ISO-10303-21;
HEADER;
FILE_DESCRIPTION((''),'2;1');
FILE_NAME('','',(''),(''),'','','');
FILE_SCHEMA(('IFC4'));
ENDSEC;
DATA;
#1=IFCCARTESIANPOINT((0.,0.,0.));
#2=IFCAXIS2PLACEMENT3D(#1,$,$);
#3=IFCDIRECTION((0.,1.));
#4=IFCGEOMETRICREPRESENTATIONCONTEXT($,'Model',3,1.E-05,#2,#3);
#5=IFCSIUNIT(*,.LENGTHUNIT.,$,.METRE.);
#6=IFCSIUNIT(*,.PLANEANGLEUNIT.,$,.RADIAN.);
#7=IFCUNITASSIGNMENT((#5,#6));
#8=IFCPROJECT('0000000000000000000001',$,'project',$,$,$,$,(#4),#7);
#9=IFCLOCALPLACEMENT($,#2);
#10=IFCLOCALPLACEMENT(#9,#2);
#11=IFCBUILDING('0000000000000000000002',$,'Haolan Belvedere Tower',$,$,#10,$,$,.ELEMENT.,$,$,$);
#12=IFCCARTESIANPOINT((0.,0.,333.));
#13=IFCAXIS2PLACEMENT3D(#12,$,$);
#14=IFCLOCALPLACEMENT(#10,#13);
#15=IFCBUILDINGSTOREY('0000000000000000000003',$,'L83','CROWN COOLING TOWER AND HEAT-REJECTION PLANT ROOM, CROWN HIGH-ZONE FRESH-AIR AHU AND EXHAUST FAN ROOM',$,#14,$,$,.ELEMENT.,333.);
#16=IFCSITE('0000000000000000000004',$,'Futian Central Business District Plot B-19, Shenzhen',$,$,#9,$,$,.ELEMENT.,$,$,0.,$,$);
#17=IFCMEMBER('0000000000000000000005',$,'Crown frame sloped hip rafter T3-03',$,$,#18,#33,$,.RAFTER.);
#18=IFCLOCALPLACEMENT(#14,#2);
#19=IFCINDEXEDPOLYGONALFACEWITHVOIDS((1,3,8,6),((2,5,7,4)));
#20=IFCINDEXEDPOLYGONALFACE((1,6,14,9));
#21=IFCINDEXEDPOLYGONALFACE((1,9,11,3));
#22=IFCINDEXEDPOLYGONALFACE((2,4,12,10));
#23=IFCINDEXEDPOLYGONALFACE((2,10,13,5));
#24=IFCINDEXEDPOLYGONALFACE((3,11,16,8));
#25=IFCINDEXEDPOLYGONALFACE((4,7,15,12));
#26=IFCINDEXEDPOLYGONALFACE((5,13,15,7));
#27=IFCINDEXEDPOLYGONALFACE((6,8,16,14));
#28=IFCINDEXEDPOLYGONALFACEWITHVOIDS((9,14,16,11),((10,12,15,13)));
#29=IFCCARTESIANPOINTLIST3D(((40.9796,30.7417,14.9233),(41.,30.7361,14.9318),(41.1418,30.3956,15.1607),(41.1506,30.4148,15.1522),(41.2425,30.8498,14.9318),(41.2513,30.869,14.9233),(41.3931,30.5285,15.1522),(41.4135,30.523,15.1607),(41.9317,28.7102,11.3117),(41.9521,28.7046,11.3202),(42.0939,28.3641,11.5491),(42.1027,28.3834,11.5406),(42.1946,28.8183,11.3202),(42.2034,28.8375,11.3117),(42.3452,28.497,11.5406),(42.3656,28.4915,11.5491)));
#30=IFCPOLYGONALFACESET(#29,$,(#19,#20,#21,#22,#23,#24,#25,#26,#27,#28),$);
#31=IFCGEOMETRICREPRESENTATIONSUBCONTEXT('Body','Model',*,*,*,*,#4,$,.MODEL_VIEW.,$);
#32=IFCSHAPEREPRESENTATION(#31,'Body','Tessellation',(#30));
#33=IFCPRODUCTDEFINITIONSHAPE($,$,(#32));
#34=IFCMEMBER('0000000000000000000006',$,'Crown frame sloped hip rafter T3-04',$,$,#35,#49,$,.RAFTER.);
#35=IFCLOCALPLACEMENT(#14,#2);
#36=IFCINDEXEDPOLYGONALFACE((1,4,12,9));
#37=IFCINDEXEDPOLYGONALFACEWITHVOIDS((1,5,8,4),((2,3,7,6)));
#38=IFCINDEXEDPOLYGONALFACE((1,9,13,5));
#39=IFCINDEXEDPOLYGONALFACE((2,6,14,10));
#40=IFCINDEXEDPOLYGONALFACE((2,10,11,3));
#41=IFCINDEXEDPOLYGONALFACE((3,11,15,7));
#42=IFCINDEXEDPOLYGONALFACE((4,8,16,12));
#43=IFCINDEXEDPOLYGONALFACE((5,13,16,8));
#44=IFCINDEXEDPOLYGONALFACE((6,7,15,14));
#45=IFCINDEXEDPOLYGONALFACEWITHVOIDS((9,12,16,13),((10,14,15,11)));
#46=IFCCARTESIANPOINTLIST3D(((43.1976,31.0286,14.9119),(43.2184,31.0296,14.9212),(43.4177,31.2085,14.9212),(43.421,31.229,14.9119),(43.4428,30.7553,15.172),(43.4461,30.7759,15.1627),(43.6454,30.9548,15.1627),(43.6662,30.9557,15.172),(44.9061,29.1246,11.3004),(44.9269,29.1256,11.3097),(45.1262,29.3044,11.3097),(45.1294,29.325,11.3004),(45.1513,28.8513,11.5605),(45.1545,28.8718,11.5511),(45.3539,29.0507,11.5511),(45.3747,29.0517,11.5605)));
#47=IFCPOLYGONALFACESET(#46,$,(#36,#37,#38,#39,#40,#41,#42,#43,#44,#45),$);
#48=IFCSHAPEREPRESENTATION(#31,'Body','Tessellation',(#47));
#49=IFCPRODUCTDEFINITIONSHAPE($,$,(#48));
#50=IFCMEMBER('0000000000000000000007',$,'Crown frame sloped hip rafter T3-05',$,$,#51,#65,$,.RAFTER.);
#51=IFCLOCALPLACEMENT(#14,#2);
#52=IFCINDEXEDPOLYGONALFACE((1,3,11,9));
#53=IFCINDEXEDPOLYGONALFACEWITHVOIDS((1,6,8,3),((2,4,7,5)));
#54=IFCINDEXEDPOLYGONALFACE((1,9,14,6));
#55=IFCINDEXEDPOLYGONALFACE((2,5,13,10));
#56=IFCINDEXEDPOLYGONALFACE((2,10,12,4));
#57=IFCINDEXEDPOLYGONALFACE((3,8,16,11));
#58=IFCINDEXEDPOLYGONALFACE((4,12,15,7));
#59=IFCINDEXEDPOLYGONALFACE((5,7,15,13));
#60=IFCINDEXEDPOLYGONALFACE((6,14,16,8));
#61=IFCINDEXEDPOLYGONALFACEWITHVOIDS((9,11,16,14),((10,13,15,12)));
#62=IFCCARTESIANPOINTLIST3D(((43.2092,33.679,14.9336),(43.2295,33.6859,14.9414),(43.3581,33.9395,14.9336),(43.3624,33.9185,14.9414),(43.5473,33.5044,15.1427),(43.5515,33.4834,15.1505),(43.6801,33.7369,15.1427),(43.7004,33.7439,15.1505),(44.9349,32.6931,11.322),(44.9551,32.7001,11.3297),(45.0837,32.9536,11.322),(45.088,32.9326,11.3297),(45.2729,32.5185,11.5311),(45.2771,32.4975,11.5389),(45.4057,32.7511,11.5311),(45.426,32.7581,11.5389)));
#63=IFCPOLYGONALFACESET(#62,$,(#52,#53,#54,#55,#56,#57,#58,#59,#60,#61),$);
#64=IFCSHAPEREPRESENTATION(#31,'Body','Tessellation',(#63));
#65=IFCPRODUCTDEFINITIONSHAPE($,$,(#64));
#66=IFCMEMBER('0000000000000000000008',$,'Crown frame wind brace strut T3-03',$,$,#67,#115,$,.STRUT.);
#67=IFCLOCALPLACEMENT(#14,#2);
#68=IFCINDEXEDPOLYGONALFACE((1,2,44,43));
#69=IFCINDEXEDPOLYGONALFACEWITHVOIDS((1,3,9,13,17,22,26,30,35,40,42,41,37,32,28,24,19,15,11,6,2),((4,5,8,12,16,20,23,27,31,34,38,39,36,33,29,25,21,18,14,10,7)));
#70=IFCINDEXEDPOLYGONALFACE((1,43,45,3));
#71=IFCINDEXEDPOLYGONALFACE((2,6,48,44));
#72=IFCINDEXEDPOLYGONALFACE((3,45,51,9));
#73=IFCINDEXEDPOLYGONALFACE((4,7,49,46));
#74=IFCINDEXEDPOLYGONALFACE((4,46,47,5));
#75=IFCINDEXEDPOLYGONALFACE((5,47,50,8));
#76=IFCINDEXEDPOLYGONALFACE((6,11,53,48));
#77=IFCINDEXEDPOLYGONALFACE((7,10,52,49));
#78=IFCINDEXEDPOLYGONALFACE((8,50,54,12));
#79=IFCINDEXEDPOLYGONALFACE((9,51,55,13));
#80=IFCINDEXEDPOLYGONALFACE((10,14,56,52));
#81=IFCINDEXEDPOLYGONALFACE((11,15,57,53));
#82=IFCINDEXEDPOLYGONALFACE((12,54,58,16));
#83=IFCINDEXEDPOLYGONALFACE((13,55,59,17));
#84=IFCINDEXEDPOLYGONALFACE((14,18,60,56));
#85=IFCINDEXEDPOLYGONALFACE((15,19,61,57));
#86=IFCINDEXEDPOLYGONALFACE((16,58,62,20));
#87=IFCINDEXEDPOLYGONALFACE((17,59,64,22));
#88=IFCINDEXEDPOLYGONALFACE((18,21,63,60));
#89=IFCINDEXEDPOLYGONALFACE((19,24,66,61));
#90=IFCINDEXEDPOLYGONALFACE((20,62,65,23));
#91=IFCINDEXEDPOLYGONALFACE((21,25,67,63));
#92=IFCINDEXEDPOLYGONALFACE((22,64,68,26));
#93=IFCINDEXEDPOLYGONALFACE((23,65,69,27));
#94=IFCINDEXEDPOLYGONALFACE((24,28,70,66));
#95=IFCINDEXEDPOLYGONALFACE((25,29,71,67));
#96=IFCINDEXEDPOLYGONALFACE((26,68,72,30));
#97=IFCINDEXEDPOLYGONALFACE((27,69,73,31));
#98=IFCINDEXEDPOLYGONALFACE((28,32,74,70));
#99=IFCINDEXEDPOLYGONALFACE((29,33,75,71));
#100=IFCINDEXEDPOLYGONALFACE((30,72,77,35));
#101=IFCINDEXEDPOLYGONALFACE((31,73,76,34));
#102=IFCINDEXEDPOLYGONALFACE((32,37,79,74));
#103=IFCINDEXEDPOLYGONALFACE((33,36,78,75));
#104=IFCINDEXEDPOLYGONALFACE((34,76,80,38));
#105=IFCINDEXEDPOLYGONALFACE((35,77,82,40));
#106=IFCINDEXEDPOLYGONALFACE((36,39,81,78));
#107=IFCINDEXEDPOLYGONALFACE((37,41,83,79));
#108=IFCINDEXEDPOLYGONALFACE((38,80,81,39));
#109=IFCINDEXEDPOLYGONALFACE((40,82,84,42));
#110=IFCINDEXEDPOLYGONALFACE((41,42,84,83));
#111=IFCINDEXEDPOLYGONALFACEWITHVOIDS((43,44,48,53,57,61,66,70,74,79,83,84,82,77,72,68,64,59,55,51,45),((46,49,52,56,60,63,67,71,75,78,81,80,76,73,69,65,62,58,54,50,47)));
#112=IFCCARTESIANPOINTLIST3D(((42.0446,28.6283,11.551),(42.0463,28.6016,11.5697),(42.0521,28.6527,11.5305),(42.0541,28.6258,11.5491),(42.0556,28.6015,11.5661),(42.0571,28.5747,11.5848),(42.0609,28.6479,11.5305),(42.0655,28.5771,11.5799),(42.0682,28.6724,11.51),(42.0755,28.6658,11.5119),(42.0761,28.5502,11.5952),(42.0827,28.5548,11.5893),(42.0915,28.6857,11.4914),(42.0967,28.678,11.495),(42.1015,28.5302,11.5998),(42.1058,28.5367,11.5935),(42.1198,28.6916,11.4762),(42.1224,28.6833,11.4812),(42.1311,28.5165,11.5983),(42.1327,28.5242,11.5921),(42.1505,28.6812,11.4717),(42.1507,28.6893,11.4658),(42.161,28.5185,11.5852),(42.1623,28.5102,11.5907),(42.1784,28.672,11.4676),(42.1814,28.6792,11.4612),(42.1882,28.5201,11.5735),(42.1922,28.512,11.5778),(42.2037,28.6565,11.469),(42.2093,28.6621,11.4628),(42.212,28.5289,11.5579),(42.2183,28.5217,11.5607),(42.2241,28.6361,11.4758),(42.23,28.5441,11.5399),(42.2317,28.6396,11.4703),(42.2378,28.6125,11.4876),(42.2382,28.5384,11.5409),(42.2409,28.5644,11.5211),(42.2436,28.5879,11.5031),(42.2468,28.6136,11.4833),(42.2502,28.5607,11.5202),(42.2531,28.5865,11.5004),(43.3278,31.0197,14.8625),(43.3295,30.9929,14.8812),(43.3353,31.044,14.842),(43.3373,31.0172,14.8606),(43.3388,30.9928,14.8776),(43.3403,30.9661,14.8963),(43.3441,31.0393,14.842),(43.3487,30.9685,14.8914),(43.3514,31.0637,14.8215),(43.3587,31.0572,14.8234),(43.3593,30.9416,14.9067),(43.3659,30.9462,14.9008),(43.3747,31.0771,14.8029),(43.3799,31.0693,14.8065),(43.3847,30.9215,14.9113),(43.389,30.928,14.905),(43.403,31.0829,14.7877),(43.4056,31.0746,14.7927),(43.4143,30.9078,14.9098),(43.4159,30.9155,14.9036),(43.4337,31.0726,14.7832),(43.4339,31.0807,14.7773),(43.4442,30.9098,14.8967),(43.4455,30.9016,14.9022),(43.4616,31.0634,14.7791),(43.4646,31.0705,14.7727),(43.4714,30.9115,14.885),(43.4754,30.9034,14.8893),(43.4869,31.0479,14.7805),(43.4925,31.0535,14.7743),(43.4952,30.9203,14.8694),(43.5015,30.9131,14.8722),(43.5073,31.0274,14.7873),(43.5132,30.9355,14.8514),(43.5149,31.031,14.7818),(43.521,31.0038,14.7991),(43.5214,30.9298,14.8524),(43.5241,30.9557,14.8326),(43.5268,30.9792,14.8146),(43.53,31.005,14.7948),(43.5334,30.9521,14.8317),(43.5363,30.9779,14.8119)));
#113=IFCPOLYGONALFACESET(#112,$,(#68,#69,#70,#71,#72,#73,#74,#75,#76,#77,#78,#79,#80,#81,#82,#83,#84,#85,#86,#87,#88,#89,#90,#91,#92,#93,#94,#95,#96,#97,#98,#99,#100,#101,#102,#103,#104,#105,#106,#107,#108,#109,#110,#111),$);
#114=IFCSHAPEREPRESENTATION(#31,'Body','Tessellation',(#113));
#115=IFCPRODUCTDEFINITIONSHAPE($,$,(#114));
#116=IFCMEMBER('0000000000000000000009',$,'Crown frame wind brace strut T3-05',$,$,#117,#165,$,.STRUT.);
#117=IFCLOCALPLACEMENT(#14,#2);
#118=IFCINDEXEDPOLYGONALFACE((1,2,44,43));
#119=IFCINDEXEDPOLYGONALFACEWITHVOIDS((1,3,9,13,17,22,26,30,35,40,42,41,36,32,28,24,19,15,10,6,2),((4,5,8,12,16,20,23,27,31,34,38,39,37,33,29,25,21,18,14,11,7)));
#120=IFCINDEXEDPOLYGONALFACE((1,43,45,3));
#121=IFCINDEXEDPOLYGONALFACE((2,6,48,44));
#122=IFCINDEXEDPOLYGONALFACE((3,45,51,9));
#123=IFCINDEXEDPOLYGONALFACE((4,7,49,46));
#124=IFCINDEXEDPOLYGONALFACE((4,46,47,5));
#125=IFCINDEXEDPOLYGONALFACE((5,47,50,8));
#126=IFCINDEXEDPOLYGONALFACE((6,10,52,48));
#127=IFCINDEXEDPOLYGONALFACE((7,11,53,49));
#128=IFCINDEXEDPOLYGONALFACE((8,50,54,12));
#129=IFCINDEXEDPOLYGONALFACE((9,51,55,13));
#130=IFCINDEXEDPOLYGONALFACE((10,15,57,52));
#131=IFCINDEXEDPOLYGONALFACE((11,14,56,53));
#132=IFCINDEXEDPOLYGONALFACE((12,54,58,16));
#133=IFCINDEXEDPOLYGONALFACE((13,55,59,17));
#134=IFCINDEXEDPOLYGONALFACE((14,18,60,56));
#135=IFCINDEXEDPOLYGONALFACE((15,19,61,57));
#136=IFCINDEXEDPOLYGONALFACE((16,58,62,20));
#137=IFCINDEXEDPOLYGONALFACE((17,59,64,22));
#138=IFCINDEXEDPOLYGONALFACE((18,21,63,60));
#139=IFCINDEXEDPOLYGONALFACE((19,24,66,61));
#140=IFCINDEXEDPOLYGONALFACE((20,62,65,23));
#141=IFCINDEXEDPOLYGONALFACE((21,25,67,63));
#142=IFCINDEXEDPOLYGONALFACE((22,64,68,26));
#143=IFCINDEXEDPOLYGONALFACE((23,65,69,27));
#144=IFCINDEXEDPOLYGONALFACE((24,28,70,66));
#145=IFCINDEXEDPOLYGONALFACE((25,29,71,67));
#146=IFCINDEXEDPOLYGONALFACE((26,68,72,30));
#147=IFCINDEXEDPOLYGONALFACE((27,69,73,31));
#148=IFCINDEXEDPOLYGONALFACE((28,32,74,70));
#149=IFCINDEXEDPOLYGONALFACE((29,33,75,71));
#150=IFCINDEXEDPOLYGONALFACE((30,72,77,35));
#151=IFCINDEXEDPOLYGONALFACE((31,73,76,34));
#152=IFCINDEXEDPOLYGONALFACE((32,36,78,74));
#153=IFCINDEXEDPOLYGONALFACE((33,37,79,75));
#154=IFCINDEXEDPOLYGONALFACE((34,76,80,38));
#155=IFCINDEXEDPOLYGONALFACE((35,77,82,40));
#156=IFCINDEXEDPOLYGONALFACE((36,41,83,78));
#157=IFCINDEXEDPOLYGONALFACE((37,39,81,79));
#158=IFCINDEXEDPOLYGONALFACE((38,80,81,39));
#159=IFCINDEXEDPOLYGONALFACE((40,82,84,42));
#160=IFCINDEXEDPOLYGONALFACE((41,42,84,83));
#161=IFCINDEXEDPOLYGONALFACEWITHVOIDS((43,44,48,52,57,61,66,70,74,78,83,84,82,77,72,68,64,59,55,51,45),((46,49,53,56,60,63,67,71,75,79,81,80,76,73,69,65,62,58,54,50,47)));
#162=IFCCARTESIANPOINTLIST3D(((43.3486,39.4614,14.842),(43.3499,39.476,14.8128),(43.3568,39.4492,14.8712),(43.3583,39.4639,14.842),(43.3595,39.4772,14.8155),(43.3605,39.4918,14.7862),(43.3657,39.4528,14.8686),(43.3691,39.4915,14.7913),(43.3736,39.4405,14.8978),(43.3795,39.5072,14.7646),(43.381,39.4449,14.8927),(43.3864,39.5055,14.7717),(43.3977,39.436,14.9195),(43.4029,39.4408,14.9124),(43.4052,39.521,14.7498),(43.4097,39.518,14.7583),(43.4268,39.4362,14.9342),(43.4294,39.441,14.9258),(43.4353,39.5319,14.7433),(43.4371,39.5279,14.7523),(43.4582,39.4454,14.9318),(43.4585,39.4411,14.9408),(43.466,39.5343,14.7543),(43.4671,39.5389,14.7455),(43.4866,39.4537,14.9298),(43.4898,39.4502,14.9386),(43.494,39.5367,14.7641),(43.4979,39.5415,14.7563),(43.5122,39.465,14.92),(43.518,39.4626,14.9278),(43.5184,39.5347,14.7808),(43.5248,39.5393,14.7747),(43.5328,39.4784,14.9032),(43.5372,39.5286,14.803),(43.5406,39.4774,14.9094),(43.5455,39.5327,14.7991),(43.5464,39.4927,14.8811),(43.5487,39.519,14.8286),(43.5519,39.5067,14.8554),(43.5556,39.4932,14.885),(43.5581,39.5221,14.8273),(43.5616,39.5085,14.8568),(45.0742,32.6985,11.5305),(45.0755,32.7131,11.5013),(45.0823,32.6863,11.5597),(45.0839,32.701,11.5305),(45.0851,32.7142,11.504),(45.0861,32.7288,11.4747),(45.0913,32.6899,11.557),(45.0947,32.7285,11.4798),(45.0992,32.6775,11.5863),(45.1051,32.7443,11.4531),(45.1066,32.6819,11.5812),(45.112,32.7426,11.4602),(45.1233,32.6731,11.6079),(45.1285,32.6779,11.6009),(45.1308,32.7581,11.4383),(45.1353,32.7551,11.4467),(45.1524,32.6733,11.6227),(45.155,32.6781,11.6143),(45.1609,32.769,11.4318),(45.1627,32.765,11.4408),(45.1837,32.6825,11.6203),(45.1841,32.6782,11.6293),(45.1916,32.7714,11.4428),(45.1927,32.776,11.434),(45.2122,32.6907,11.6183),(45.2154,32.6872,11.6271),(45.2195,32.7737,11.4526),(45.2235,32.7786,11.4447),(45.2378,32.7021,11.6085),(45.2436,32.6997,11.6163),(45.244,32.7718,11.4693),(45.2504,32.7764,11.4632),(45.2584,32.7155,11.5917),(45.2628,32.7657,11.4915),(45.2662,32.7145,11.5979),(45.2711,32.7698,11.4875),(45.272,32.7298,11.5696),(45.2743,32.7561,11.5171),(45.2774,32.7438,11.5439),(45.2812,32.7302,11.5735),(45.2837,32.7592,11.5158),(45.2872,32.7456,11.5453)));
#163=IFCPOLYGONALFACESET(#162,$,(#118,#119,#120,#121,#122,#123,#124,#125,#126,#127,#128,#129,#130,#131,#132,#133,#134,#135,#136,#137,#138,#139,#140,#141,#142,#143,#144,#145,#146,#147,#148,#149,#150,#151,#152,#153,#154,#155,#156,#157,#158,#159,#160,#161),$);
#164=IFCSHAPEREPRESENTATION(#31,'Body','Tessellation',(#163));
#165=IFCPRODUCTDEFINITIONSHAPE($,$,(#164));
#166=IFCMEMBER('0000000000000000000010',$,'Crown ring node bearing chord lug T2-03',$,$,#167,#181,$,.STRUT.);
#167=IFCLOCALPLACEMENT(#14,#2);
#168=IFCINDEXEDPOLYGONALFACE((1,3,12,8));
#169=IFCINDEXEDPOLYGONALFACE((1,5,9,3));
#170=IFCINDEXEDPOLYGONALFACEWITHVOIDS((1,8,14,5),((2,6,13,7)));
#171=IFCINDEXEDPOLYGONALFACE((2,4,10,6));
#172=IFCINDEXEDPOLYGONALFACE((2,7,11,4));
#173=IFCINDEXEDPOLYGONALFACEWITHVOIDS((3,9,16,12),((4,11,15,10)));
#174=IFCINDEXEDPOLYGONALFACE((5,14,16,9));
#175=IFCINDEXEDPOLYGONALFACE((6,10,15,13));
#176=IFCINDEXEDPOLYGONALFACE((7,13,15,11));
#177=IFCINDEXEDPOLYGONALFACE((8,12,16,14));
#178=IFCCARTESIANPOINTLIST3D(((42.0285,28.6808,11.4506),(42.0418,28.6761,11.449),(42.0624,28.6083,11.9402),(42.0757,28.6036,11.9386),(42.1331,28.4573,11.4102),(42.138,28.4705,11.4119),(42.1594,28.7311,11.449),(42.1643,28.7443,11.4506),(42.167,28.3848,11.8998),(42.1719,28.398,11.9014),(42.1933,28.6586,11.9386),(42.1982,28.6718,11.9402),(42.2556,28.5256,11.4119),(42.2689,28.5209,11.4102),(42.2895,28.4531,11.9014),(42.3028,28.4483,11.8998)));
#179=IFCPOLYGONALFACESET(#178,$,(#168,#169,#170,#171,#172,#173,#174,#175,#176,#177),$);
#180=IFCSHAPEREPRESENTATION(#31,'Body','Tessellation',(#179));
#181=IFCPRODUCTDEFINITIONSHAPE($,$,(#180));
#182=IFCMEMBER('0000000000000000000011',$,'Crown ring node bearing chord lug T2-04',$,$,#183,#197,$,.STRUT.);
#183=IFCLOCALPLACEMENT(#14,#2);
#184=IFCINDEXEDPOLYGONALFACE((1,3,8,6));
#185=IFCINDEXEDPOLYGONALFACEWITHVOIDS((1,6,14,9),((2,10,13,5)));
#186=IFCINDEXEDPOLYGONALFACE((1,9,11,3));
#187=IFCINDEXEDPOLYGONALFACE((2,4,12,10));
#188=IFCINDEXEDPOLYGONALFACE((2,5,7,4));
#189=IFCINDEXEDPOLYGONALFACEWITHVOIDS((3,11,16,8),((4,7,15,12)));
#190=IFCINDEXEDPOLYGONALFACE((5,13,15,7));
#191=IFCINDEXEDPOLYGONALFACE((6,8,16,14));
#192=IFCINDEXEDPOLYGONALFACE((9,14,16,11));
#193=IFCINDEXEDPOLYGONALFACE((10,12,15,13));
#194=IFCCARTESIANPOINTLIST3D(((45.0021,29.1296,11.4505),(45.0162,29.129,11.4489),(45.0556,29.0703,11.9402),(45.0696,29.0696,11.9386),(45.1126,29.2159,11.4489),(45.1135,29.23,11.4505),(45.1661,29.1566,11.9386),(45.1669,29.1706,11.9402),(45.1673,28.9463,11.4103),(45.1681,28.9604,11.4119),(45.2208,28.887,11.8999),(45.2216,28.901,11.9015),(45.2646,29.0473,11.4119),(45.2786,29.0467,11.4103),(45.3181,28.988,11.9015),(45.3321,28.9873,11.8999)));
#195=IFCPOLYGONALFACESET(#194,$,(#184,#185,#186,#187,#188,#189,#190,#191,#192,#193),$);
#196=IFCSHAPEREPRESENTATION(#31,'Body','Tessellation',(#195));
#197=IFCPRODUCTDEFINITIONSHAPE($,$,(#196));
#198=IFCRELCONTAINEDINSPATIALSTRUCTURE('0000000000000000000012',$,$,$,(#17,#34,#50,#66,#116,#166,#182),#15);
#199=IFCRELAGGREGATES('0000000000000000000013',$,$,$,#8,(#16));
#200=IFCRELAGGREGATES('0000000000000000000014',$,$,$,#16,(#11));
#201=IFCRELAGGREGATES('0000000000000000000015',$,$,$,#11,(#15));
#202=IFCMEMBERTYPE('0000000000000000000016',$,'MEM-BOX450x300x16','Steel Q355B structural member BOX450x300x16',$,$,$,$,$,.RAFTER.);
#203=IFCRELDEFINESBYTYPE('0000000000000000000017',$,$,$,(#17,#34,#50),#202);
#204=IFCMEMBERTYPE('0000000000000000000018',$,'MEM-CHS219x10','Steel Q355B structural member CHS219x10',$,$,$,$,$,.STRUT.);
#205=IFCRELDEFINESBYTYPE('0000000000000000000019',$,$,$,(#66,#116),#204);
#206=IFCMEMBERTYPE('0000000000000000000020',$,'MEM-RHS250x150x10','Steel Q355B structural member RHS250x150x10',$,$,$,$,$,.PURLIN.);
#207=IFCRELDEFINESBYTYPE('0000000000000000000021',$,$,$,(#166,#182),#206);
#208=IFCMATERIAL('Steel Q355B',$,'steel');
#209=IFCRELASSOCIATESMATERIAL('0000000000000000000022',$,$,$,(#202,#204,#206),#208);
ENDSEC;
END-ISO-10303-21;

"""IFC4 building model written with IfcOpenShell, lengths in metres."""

from ifc_helpers import new_model, si_unit, direction, frame, origin, origin_2d, place, context, subcontext, project, spatial, hollow_rectangle, hollow_circle, extrude, material, material_profile, profile_set, type_object, element, save


model = new_model("IFC4")

# Units and contexts
model_context = context("Model", 3, precision=1e-05, world=origin(), true_north=direction((0.0, 1.0)))
body_context = subcontext(model_context, "Body", "Model", "MODEL_VIEW")
ifc_project = project(units=[si_unit("LENGTHUNIT", "METRE"), si_unit("PLANEANGLEUNIT", "RADIAN")], contexts=[model_context])

# Site, building, storey
site_placement = place(None, origin())
site = spatial("IfcSite", under=ifc_project, at=site_placement, Name="Futian Central Business District Plot B-19, Shenzhen", CompositionType="ELEMENT", RefElevation=0.0)
building_placement = place(site_placement, origin())
building = spatial("IfcBuilding", under=site, at=building_placement, Name="Haolan Belvedere Tower", CompositionType="ELEMENT")
storey_placement = place(building_placement, frame((0.0, 0.0, 333.0)))
storey = spatial("IfcBuildingStorey", under=building, at=storey_placement, Name="L83", Description="CROWN COOLING TOWER AND HEAT-REJECTION PLANT ROOM, CROWN HIGH-ZONE FRESH-AIR AHU AND EXHAUST FAN ROOM", CompositionType="ELEMENT", Elevation=333.0)

# Members
ifc_material_1 = material(Name="Steel Q355B", Category="steel")
ifc_material_profile_1 = material_profile(ifc_material_1, hollow_rectangle(XDim=0.3, YDim=0.45, WallThickness=0.0161, at=origin_2d()), Name="Steel Q355B")
ifc_profile_set_1 = profile_set([ifc_material_profile_1], Name="Steel Q355B")
member_type_1 = type_object("IfcMemberType", Name="MEM-BOX450x300x16", Description="Steel Q355B structural member BOX450x300x16", PredefinedType="RAFTER", material=ifc_profile_set_1)
member_1_placement = place(storey_placement, frame((42.1487, 28.6008, 11.4304), z_axis=(-0.223945, 0.477807, 0.849441), x_axis=(-0.905479, -0.424392, 0.0)))
element("IfcMember", 1, at=member_1_placement, inside=storey, type_object=member_type_1, Name="Crown frame sloped hip rafter T3-03", PredefinedType="RAFTER", context=body_context, shape_type="SweptSolid", body=[
    extrude(hollow_rectangle(XDim=0.3, YDim=0.45, WallThickness=0.0161, at=origin_2d()), origin(), (0.0, 0.0, 1.0), 4.2517),
])
member_2_placement = place(storey_placement, frame((45.1404, 29.0881, 11.4304), z_axis=(-0.38603, 0.430215, 0.816024), x_axis=(-0.744295, -0.667851, 0.0)))
element("IfcMember", 2, at=member_2_placement, inside=storey, type_object=member_type_1, Name="Crown frame sloped hip rafter T3-04", PredefinedType="RAFTER", context=body_context, shape_type="SweptSolid", body=[
    extrude(hollow_rectangle(XDim=0.3, YDim=0.45, WallThickness=0.0161, at=origin_2d()), origin(), (0.0, 0.0, 1.0), 4.4258),
])
member_3_placement = place(storey_placement, frame((45.1804, 32.7256, 11.4304), z_axis=(-0.418602, 0.239151, 0.876116), x_axis=(-0.49606, -0.868288, 0.0)))
element("IfcMember", 3, at=member_3_placement, inside=storey, type_object=member_type_1, Name="Crown frame sloped hip rafter T3-05", PredefinedType="RAFTER", context=body_context, shape_type="SweptSolid", body=[
    extrude(hollow_rectangle(XDim=0.3, YDim=0.45, WallThickness=0.0161, at=origin_2d()), origin(), (0.0, 0.0, 1.0), 4.1223),
])
ifc_material_profile_2 = material_profile(ifc_material_1, hollow_circle(Radius=0.1096, WallThickness=0.01, at=origin_2d()), Name="Steel Q355B")
ifc_profile_set_2 = profile_set([ifc_material_profile_2], Name="Steel Q355B")
member_type_2 = type_object("IfcMemberType", Name="MEM-CHS219x10", Description="Steel Q355B structural member CHS219x10", PredefinedType="STRUT", material=ifc_profile_set_2)
member_4_placement = place(storey_placement, frame((42.1487, 28.6008, 11.5305), z_axis=(0.299708, 0.55853, 0.773446), x_axis=(-0.881155, 0.472828, 0.0)))
element("IfcMember", 4, at=member_4_placement, inside=storey, type_object=member_type_2, Name="Crown frame wind brace strut T3-03", PredefinedType="STRUT", context=body_context, shape_type="SweptSolid", body=[
    extrude(hollow_circle(Radius=0.1096, WallThickness=0.01, at=origin_2d()), origin(), (0.0, 0.0, 1.0), 4.2815),
])
member_5_placement = place(storey_placement, frame((45.1804, 32.7256, 11.5305), z_axis=(-0.223366, 0.875421, 0.428656), x_axis=(-0.968956, -0.247232, 0.0)))
element("IfcMember", 5, at=member_5_placement, inside=storey, type_object=member_type_2, Name="Crown frame wind brace strut T3-05", PredefinedType="STRUT", context=body_context, shape_type="SweptSolid", body=[
    extrude(hollow_circle(Radius=0.1096, WallThickness=0.01, at=origin_2d()), origin(), (0.0, 0.0, 1.0), 7.7253),
])
ifc_material_profile_3 = material_profile(ifc_material_1, hollow_rectangle(XDim=0.1499, YDim=0.25, WallThickness=0.01, at=origin_2d()), Name="Steel Q355B")
ifc_profile_set_3 = profile_set([ifc_material_profile_3], Name="Steel Q355B")
member_type_3 = type_object("IfcMemberType", Name="MEM-RHS250x150x10", Description="Steel Q355B structural member RHS250x150x10", PredefinedType="PURLIN", material=ifc_profile_set_3)
for number, where, z_axis, x_axis, name in (
    (6, (42.1487, 28.6008, 11.4304), (0.068418, -0.146187, 0.986888), (0.905715, 0.423887, 0.0), "Crown ring node bearing chord lug T2-03"),
    (7, (45.1404, 29.0881, 11.4304), (0.107802, -0.119615, 0.98695), (0.742838, 0.669471, 0.0), "Crown ring node bearing chord lug T2-04"),
):
    element("IfcMember", number, at=place(storey_placement, frame(where, z_axis=z_axis, x_axis=x_axis)), inside=storey, type_object=member_type_3, Name=name, PredefinedType="STRUT", context=body_context, shape_type="SweptSolid", body=[
        extrude(hollow_rectangle(XDim=0.1499, YDim=0.25, WallThickness=0.01, at=origin_2d()), origin(), (0.0, 0.0, 1.0), 0.4961),
    ])

save(model, "model.ifc")
